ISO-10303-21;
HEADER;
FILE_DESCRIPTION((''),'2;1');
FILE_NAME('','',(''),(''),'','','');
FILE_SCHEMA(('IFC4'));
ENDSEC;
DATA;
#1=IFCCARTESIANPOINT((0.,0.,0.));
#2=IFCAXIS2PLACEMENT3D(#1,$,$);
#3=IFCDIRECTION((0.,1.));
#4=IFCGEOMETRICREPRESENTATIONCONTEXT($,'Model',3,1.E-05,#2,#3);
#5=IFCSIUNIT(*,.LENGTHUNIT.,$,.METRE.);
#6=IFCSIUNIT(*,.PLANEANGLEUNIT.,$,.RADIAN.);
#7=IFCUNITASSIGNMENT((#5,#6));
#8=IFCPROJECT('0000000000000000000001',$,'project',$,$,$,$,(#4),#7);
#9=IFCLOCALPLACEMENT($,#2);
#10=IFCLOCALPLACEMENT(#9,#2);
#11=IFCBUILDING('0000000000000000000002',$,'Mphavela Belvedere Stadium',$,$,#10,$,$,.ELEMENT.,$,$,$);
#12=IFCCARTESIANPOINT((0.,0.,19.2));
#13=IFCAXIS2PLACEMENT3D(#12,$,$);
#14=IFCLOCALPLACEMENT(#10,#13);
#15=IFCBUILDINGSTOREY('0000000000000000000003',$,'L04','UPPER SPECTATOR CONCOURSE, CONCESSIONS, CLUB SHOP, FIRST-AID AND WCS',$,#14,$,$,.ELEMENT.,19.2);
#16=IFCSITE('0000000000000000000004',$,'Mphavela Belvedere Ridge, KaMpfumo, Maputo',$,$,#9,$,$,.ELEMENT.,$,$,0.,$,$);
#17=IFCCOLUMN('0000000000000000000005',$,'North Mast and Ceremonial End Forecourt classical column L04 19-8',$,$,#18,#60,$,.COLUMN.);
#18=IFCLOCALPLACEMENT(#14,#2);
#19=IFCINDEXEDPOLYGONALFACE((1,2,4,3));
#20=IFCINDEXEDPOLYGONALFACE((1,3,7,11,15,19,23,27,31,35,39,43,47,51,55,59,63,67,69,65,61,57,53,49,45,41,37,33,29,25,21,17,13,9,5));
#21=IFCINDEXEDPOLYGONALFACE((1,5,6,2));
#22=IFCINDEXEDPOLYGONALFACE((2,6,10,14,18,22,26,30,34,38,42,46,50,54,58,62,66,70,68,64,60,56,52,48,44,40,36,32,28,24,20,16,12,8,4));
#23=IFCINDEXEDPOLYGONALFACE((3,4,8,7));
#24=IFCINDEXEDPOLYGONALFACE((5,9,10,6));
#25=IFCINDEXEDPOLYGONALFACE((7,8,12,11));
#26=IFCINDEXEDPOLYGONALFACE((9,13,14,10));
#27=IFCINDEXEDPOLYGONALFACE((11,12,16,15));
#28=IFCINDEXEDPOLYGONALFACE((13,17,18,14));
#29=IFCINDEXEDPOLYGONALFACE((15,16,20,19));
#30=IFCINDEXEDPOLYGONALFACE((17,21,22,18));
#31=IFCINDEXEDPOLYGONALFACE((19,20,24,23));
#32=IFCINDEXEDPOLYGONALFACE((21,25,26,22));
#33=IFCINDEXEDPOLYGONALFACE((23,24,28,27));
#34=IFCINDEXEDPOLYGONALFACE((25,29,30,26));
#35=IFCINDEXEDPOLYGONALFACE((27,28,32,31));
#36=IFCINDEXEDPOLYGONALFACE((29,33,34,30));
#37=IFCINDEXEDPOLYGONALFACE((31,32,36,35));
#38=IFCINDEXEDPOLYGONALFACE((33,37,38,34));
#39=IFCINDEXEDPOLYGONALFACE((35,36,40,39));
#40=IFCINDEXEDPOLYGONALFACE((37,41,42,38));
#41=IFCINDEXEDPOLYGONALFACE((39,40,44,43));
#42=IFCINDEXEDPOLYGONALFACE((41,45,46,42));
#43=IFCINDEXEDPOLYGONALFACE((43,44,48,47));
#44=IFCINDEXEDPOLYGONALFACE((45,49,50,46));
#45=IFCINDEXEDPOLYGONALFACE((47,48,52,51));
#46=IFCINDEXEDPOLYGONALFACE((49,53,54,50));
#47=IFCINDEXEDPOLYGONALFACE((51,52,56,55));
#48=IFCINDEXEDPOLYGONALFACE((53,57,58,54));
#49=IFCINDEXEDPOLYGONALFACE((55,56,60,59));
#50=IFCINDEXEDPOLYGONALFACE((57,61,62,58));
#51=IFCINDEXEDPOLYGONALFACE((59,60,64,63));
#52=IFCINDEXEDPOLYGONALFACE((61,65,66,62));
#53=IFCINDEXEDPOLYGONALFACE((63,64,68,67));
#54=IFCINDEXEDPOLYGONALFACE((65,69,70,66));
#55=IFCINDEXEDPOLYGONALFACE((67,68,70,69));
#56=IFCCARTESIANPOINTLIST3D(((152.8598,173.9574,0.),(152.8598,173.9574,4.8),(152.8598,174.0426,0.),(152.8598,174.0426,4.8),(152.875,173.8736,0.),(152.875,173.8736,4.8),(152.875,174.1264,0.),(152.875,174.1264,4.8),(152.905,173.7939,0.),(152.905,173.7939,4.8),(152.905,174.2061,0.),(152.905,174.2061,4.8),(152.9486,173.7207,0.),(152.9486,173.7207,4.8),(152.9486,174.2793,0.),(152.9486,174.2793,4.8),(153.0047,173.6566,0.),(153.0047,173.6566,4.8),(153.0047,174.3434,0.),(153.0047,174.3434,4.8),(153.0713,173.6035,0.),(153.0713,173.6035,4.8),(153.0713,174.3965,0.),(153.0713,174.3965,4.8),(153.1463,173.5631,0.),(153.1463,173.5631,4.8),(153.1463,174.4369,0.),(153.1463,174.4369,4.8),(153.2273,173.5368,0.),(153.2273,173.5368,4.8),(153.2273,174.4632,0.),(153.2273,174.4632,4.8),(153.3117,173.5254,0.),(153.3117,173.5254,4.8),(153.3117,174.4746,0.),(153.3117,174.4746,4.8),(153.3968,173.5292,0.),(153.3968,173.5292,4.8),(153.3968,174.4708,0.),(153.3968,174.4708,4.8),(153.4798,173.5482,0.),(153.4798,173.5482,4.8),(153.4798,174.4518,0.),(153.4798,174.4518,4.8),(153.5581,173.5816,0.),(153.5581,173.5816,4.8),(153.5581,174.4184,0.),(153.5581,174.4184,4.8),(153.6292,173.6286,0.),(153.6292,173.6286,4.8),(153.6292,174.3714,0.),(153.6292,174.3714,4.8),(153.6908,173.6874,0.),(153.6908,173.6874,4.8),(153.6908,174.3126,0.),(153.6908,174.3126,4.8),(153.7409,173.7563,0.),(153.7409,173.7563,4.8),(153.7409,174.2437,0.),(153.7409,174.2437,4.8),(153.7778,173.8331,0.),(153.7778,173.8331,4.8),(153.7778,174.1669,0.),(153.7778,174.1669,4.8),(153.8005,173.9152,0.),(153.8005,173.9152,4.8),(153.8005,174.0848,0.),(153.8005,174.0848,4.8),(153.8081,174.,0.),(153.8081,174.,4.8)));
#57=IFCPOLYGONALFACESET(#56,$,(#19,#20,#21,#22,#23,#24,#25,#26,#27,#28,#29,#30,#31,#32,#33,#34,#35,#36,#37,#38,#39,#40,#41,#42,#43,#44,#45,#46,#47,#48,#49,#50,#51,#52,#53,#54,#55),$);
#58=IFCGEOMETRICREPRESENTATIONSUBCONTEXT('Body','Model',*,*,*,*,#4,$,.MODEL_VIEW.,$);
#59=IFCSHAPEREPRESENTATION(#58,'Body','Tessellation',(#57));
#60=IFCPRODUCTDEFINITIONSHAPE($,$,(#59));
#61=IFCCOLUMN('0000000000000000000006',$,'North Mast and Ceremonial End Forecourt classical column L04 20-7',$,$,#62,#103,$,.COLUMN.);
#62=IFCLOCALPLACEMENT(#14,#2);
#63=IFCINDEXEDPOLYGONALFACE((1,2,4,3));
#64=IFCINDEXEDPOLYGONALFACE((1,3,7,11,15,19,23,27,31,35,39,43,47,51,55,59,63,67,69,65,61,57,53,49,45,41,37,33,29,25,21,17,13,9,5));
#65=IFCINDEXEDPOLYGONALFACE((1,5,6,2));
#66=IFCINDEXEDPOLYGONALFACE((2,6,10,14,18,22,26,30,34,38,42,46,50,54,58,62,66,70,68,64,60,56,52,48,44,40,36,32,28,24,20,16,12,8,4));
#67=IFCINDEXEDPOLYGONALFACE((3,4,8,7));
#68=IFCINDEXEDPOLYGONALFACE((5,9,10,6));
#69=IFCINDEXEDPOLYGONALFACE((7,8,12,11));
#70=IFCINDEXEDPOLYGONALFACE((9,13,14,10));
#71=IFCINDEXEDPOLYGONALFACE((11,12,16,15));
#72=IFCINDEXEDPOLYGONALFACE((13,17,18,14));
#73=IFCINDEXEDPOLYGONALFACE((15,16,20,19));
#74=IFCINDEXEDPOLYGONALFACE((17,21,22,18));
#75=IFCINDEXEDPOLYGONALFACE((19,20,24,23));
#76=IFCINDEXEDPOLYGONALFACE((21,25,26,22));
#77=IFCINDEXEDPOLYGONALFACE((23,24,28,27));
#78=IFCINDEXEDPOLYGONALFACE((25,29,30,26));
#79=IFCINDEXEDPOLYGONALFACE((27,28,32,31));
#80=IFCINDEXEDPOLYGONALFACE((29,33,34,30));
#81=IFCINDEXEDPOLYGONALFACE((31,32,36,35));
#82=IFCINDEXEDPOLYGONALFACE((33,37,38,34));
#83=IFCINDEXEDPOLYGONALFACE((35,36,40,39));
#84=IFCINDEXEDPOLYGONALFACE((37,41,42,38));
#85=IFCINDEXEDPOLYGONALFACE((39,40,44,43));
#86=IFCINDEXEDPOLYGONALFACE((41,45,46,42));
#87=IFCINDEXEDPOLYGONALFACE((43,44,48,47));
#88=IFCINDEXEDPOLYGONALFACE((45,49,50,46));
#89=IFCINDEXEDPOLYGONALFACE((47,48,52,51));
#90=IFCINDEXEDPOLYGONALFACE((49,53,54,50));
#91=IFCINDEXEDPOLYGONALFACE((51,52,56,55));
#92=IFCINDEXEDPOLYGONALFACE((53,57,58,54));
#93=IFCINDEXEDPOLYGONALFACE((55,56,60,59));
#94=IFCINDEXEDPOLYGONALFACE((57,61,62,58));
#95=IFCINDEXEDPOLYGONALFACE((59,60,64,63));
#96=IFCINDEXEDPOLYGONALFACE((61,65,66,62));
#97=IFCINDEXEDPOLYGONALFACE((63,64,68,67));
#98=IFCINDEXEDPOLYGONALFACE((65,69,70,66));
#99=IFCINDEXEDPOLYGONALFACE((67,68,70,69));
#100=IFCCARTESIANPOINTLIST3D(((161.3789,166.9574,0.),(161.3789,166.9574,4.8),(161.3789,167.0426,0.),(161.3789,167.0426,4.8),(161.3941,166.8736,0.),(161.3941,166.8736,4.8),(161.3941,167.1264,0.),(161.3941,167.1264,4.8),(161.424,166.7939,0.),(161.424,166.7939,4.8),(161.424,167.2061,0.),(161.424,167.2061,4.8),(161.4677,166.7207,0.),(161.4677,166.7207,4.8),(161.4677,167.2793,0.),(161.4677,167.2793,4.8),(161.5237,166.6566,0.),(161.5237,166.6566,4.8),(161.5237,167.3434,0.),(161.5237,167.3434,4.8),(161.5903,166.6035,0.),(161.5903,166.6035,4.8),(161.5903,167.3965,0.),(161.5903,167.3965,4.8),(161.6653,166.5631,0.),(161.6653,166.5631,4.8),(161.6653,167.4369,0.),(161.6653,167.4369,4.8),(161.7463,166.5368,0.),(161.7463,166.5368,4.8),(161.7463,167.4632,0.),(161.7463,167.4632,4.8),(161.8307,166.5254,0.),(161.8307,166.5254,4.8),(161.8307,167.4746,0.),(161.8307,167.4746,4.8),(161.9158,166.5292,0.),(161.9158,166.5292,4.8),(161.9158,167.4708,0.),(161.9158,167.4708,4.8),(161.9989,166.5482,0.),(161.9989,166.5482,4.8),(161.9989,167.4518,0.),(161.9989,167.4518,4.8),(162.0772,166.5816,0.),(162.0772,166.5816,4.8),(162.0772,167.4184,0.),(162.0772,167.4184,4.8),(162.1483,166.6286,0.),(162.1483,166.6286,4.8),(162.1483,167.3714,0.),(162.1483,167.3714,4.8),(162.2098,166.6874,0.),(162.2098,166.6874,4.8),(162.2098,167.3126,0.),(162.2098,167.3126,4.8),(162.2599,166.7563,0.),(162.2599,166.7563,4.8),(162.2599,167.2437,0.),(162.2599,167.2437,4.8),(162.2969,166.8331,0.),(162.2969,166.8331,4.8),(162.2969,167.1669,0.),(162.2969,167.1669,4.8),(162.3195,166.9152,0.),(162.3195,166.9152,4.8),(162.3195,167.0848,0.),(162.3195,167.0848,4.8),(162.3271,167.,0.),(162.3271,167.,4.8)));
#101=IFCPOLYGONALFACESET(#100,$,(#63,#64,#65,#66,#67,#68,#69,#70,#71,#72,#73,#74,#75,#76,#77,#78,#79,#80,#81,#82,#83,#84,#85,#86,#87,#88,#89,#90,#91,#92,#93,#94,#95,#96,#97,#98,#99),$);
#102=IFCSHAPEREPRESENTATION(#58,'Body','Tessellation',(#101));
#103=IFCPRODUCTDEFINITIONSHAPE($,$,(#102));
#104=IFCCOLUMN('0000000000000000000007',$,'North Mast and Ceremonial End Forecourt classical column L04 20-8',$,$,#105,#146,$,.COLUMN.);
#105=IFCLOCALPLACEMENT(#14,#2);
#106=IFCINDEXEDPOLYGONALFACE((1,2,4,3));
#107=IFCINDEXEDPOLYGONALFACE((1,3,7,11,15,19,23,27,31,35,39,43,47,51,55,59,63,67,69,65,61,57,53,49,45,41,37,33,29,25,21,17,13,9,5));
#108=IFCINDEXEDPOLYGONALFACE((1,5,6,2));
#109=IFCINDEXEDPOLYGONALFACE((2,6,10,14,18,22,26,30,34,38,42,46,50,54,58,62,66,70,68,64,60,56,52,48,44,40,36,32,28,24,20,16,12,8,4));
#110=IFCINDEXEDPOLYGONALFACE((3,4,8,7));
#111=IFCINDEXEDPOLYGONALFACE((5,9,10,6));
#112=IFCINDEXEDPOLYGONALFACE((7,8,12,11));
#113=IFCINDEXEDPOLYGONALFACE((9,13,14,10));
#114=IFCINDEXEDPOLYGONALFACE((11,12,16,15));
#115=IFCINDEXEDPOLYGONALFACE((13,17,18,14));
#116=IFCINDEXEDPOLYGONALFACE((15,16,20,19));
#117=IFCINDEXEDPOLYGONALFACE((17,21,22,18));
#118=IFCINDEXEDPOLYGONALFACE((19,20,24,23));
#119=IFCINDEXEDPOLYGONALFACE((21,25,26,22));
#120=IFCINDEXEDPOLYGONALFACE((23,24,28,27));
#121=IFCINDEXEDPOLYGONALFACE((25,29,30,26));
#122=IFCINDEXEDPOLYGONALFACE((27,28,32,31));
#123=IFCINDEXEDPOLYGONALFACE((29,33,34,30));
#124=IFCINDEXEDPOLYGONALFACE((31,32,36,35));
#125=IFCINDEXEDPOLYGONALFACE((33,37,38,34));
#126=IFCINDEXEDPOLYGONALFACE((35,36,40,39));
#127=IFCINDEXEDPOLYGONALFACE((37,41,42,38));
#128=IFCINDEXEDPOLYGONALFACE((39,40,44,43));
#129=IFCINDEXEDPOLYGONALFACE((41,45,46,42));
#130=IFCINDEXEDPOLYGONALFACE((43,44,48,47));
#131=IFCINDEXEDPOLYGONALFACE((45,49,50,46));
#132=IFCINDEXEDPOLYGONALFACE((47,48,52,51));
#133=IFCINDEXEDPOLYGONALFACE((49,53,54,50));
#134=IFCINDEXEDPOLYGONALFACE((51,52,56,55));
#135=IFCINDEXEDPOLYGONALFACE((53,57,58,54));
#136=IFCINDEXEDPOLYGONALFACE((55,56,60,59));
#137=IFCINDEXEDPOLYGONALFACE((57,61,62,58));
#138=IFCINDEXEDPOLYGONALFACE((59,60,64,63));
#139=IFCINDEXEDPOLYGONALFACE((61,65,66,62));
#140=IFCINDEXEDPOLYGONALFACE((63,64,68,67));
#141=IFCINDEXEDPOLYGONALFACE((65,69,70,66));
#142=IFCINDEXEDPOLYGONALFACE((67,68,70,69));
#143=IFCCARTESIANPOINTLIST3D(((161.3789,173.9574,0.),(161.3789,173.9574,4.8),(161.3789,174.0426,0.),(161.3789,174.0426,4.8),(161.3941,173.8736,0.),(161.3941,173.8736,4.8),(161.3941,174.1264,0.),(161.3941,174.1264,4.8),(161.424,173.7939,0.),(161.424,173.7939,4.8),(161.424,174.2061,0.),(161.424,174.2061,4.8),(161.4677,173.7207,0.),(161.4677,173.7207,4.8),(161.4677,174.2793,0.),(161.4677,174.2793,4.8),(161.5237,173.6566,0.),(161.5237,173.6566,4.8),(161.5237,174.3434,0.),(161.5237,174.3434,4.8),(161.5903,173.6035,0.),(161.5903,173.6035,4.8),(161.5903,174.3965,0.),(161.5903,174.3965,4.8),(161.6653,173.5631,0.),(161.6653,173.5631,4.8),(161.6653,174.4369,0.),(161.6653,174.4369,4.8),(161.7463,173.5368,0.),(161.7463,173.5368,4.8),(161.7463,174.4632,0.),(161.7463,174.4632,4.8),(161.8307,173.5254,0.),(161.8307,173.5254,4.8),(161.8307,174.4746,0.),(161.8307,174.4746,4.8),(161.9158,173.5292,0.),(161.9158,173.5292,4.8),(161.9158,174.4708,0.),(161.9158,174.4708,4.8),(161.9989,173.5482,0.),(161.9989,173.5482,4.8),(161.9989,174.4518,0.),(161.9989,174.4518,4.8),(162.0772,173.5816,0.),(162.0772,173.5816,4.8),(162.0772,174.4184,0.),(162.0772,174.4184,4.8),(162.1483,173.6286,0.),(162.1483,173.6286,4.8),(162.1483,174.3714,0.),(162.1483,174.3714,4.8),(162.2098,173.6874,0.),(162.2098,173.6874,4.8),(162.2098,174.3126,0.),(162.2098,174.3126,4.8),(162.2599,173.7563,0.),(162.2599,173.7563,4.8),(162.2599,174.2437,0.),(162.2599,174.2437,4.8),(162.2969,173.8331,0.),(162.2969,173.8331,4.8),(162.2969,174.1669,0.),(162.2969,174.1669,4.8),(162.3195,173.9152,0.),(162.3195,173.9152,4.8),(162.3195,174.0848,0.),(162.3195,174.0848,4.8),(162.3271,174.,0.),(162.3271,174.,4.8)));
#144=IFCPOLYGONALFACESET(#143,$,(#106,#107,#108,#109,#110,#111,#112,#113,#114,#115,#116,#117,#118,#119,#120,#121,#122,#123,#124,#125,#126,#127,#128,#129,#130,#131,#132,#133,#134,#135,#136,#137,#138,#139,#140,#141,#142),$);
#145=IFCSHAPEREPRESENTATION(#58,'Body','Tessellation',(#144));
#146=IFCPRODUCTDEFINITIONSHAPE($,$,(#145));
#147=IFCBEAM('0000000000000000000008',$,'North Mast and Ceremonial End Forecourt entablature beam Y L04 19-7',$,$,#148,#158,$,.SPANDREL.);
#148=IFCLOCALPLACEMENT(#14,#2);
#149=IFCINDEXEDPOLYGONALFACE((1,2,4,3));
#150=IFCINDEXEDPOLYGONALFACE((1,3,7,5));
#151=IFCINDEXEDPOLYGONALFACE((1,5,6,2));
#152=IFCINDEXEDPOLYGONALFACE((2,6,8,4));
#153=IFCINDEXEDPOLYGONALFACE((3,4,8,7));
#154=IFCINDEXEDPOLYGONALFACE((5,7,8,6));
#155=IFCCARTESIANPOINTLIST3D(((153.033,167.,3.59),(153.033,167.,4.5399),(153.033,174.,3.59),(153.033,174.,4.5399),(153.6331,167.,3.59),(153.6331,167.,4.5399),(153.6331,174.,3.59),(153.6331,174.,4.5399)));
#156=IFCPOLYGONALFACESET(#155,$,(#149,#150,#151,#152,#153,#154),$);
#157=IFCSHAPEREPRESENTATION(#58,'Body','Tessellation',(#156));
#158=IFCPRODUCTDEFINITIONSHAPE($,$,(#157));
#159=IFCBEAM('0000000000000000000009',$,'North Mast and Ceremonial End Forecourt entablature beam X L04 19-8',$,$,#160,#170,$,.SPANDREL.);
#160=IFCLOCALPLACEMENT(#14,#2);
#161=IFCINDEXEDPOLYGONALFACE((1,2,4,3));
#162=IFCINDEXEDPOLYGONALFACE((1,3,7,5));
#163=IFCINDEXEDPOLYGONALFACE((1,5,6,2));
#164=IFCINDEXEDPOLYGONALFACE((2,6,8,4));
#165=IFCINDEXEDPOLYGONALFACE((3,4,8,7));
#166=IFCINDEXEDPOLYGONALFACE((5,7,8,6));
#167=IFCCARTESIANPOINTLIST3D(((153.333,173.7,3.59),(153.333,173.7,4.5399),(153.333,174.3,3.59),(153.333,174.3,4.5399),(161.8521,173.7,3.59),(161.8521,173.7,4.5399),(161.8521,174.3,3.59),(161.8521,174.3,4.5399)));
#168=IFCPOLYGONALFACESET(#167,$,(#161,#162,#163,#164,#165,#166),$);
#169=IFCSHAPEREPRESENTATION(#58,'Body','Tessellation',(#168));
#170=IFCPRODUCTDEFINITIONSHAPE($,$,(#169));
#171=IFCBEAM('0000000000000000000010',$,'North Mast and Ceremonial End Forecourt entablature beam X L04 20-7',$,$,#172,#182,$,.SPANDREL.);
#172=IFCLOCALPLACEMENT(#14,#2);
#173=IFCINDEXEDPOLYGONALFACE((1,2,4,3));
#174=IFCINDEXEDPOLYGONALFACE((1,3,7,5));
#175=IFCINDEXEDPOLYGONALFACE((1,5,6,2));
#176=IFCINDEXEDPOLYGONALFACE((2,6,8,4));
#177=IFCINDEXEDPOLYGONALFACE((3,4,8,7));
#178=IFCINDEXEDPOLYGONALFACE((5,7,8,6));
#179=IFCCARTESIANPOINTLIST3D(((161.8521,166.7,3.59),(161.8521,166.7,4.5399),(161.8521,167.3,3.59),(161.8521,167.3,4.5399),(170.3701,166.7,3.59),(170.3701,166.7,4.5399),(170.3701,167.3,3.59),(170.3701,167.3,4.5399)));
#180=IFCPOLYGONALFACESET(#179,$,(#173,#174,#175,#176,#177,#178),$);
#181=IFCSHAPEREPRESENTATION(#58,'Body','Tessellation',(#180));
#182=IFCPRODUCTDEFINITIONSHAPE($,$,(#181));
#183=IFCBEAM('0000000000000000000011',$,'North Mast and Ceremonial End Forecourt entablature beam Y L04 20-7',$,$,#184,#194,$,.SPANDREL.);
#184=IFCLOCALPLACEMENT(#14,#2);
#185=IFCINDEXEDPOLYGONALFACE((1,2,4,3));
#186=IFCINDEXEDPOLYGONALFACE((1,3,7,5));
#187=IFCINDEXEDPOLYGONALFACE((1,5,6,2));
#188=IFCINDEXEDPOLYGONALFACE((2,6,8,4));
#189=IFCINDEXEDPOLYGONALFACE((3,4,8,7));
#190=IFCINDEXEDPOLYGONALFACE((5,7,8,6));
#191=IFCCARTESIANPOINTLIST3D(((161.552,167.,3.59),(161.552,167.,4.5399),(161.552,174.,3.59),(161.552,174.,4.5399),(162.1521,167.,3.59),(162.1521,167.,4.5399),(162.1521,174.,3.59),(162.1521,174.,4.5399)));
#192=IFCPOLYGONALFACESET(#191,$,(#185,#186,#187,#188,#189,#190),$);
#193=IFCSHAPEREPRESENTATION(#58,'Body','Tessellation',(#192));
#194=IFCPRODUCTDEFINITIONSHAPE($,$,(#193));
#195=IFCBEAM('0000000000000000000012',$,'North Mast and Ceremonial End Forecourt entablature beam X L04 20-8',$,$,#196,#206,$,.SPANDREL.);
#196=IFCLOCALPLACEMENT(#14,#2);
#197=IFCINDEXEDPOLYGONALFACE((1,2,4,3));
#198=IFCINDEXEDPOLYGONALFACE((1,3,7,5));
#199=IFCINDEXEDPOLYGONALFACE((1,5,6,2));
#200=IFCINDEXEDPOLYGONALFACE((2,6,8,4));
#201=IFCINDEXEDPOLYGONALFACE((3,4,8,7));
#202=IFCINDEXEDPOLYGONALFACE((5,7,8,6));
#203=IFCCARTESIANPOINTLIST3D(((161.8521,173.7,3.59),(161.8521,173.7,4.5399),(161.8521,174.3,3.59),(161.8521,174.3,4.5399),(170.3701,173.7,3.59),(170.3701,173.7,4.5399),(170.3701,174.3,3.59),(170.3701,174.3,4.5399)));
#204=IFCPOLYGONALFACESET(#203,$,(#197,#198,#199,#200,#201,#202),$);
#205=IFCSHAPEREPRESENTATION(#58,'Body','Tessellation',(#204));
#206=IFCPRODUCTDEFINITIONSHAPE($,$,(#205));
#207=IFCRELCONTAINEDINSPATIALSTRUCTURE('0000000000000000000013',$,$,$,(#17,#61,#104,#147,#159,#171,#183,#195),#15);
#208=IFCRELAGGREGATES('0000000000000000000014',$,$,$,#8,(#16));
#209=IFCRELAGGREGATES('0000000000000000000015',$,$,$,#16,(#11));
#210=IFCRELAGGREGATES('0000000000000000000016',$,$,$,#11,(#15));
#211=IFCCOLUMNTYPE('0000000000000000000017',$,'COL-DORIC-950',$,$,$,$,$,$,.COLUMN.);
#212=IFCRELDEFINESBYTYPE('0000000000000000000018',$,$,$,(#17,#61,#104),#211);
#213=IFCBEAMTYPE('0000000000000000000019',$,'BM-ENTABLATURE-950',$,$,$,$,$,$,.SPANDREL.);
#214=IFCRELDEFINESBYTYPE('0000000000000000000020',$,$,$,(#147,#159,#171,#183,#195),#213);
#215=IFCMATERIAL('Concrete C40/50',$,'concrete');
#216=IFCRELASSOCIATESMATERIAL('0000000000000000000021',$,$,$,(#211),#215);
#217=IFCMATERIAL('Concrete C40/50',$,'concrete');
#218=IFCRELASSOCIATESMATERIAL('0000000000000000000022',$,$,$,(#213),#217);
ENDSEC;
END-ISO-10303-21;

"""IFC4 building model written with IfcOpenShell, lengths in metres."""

from ifc_helpers import new_model, si_unit, direction, frame, origin, origin_2d, place, context, subcontext, project, spatial, rectangle, circle, extrude, material, material_profile, profile_set, type_object, element, save


model = new_model("IFC4")

# Units and contexts
model_context = context("Model", 3, precision=1e-05, world=origin(), true_north=direction((0.0, 1.0)))
body_context = subcontext(model_context, "Body", "Model", "MODEL_VIEW")
ifc_project = project(units=[si_unit("LENGTHUNIT", "METRE"), si_unit("PLANEANGLEUNIT", "RADIAN")], contexts=[model_context])

# Site, building, storey
site_placement = place(None, origin())
site = spatial("IfcSite", under=ifc_project, at=site_placement, Name="Mphavela Belvedere Ridge, KaMpfumo, Maputo", CompositionType="ELEMENT", RefElevation=0.0)
building_placement = place(site_placement, origin())
building = spatial("IfcBuilding", under=site, at=building_placement, Name="Mphavela Belvedere Stadium", CompositionType="ELEMENT")
storey_placement = place(building_placement, frame((0.0, 0.0, 19.2)))
storey = spatial("IfcBuildingStorey", under=building, at=storey_placement, Name="L04", Description="UPPER SPECTATOR CONCOURSE, CONCESSIONS, CLUB SHOP, FIRST-AID AND WCS", CompositionType="ELEMENT", Elevation=19.2)

# Columns
ifc_material_1 = material(Name="Concrete C40/50", Category="concrete")
ifc_material_profile_1 = material_profile(ifc_material_1, circle(Radius=0.4751, at=origin_2d()), Name="COL D950")
ifc_profile_set_1 = profile_set([ifc_material_profile_1], Name="Concrete C40/50")
column_type = type_object("IfcColumnType", Name="COL-DORIC-950", PredefinedType="COLUMN", material=ifc_profile_set_1)
for number, where, z_axis, x_axis, name in (
    (1, (153.333, 174.0, 0.0), (0.0, 0.0, 1.0), (1.0, 0.0, 0.0), "North Mast and Ceremonial End Forecourt classical column L04 19-8"),
    (2, (161.8521, 167.0, 0.0), (0.0, 0.0, 1.0), (1.0, 0.0, 0.0), "North Mast and Ceremonial End Forecourt classical column L04 20-7"),
    (3, (161.8521, 174.0, 0.0), (0.0, 0.0, 1.0), (1.0, 0.0, 0.0), "North Mast and Ceremonial End Forecourt classical column L04 20-8"),
):
    element("IfcColumn", number, at=place(storey_placement, frame(where, z_axis=z_axis, x_axis=x_axis)), inside=storey, type_object=column_type, Name=name, PredefinedType="COLUMN", context=body_context, shape_type="SweptSolid", body=[
        extrude(circle(Radius=0.4751, at=origin_2d()), origin(), (0.0, 0.0, 1.0), 4.8),
    ])

# Beams
ifc_material_2 = material(Name="Concrete C40/50", Category="concrete")
ifc_material_profile_2 = material_profile(ifc_material_2, rectangle(XDim=0.6001, YDim=0.95, at=origin_2d()), Name="RC 600x950")
ifc_profile_set_2 = profile_set([ifc_material_profile_2], Name="Concrete C40/50")
beam_type_1 = type_object("IfcBeamType", Name="BM-ENTABLATURE-950", PredefinedType="SPANDREL", material=ifc_profile_set_2)
beam_1_placement = place(storey_placement, frame((153.333, 167.0, 4.0649), z_axis=(0.0, 1.0, 0.0), x_axis=(-1.0, 0.0, 0.0)))
element("IfcBeam", 4, at=beam_1_placement, inside=storey, type_object=beam_type_1, Name="North Mast and Ceremonial End Forecourt entablature beam Y L04 19-7", PredefinedType="SPANDREL", context=body_context, shape_type="SweptSolid", body=[
    extrude(rectangle(XDim=0.6001, YDim=0.95, at=origin_2d()), origin(), (0.0, 0.0, 1.0), 7.0),
])
beam_2_placement = place(storey_placement, frame((153.333, 174.0, 4.0649), z_axis=(1.0, 0.0, 0.0), x_axis=(0.0, 1.0, 0.0)))
element("IfcBeam", 5, at=beam_2_placement, inside=storey, type_object=beam_type_1, Name="North Mast and Ceremonial End Forecourt entablature beam X L04 19-8", PredefinedType="SPANDREL", context=body_context, shape_type="SweptSolid", body=[
    extrude(rectangle(XDim=0.6001, YDim=0.95, at=origin_2d()), origin(), (0.0, 0.0, 1.0), 8.519),
])
beam_3_placement = place(storey_placement, frame((161.8521, 167.0, 4.0649), z_axis=(1.0, 0.0, 0.0), x_axis=(0.0, 1.0, 0.0)))
element("IfcBeam", 6, at=beam_3_placement, inside=storey, type_object=beam_type_1, Name="North Mast and Ceremonial End Forecourt entablature beam X L04 20-7", PredefinedType="SPANDREL", context=body_context, shape_type="SweptSolid", body=[
    extrude(rectangle(XDim=0.6001, YDim=0.95, at=origin_2d()), origin(), (0.0, 0.0, 1.0), 8.5181),
])
beam_4_placement = place(storey_placement, frame((161.8521, 167.0, 4.0649), z_axis=(0.0, 1.0, 0.0), x_axis=(-1.0, 0.0, 0.0)))
element("IfcBeam", 7, at=beam_4_placement, inside=storey, type_object=beam_type_1, Name="North Mast and Ceremonial End Forecourt entablature beam Y L04 20-7", PredefinedType="SPANDREL", context=body_context, shape_type="SweptSolid", body=[
    extrude(rectangle(XDim=0.6001, YDim=0.95, at=origin_2d()), origin(), (0.0, 0.0, 1.0), 7.0),
])
beam_5_placement = place(storey_placement, frame((161.8521, 174.0, 4.0649), z_axis=(1.0, 0.0, 0.0), x_axis=(0.0, 1.0, 0.0)))
element("IfcBeam", 8, at=beam_5_placement, inside=storey, type_object=beam_type_1, Name="North Mast and Ceremonial End Forecourt entablature beam X L04 20-8", PredefinedType="SPANDREL", context=body_context, shape_type="SweptSolid", body=[
    extrude(rectangle(XDim=0.6001, YDim=0.95, at=origin_2d()), origin(), (0.0, 0.0, 1.0), 8.5181),
])

save(model, "model.ifc")
